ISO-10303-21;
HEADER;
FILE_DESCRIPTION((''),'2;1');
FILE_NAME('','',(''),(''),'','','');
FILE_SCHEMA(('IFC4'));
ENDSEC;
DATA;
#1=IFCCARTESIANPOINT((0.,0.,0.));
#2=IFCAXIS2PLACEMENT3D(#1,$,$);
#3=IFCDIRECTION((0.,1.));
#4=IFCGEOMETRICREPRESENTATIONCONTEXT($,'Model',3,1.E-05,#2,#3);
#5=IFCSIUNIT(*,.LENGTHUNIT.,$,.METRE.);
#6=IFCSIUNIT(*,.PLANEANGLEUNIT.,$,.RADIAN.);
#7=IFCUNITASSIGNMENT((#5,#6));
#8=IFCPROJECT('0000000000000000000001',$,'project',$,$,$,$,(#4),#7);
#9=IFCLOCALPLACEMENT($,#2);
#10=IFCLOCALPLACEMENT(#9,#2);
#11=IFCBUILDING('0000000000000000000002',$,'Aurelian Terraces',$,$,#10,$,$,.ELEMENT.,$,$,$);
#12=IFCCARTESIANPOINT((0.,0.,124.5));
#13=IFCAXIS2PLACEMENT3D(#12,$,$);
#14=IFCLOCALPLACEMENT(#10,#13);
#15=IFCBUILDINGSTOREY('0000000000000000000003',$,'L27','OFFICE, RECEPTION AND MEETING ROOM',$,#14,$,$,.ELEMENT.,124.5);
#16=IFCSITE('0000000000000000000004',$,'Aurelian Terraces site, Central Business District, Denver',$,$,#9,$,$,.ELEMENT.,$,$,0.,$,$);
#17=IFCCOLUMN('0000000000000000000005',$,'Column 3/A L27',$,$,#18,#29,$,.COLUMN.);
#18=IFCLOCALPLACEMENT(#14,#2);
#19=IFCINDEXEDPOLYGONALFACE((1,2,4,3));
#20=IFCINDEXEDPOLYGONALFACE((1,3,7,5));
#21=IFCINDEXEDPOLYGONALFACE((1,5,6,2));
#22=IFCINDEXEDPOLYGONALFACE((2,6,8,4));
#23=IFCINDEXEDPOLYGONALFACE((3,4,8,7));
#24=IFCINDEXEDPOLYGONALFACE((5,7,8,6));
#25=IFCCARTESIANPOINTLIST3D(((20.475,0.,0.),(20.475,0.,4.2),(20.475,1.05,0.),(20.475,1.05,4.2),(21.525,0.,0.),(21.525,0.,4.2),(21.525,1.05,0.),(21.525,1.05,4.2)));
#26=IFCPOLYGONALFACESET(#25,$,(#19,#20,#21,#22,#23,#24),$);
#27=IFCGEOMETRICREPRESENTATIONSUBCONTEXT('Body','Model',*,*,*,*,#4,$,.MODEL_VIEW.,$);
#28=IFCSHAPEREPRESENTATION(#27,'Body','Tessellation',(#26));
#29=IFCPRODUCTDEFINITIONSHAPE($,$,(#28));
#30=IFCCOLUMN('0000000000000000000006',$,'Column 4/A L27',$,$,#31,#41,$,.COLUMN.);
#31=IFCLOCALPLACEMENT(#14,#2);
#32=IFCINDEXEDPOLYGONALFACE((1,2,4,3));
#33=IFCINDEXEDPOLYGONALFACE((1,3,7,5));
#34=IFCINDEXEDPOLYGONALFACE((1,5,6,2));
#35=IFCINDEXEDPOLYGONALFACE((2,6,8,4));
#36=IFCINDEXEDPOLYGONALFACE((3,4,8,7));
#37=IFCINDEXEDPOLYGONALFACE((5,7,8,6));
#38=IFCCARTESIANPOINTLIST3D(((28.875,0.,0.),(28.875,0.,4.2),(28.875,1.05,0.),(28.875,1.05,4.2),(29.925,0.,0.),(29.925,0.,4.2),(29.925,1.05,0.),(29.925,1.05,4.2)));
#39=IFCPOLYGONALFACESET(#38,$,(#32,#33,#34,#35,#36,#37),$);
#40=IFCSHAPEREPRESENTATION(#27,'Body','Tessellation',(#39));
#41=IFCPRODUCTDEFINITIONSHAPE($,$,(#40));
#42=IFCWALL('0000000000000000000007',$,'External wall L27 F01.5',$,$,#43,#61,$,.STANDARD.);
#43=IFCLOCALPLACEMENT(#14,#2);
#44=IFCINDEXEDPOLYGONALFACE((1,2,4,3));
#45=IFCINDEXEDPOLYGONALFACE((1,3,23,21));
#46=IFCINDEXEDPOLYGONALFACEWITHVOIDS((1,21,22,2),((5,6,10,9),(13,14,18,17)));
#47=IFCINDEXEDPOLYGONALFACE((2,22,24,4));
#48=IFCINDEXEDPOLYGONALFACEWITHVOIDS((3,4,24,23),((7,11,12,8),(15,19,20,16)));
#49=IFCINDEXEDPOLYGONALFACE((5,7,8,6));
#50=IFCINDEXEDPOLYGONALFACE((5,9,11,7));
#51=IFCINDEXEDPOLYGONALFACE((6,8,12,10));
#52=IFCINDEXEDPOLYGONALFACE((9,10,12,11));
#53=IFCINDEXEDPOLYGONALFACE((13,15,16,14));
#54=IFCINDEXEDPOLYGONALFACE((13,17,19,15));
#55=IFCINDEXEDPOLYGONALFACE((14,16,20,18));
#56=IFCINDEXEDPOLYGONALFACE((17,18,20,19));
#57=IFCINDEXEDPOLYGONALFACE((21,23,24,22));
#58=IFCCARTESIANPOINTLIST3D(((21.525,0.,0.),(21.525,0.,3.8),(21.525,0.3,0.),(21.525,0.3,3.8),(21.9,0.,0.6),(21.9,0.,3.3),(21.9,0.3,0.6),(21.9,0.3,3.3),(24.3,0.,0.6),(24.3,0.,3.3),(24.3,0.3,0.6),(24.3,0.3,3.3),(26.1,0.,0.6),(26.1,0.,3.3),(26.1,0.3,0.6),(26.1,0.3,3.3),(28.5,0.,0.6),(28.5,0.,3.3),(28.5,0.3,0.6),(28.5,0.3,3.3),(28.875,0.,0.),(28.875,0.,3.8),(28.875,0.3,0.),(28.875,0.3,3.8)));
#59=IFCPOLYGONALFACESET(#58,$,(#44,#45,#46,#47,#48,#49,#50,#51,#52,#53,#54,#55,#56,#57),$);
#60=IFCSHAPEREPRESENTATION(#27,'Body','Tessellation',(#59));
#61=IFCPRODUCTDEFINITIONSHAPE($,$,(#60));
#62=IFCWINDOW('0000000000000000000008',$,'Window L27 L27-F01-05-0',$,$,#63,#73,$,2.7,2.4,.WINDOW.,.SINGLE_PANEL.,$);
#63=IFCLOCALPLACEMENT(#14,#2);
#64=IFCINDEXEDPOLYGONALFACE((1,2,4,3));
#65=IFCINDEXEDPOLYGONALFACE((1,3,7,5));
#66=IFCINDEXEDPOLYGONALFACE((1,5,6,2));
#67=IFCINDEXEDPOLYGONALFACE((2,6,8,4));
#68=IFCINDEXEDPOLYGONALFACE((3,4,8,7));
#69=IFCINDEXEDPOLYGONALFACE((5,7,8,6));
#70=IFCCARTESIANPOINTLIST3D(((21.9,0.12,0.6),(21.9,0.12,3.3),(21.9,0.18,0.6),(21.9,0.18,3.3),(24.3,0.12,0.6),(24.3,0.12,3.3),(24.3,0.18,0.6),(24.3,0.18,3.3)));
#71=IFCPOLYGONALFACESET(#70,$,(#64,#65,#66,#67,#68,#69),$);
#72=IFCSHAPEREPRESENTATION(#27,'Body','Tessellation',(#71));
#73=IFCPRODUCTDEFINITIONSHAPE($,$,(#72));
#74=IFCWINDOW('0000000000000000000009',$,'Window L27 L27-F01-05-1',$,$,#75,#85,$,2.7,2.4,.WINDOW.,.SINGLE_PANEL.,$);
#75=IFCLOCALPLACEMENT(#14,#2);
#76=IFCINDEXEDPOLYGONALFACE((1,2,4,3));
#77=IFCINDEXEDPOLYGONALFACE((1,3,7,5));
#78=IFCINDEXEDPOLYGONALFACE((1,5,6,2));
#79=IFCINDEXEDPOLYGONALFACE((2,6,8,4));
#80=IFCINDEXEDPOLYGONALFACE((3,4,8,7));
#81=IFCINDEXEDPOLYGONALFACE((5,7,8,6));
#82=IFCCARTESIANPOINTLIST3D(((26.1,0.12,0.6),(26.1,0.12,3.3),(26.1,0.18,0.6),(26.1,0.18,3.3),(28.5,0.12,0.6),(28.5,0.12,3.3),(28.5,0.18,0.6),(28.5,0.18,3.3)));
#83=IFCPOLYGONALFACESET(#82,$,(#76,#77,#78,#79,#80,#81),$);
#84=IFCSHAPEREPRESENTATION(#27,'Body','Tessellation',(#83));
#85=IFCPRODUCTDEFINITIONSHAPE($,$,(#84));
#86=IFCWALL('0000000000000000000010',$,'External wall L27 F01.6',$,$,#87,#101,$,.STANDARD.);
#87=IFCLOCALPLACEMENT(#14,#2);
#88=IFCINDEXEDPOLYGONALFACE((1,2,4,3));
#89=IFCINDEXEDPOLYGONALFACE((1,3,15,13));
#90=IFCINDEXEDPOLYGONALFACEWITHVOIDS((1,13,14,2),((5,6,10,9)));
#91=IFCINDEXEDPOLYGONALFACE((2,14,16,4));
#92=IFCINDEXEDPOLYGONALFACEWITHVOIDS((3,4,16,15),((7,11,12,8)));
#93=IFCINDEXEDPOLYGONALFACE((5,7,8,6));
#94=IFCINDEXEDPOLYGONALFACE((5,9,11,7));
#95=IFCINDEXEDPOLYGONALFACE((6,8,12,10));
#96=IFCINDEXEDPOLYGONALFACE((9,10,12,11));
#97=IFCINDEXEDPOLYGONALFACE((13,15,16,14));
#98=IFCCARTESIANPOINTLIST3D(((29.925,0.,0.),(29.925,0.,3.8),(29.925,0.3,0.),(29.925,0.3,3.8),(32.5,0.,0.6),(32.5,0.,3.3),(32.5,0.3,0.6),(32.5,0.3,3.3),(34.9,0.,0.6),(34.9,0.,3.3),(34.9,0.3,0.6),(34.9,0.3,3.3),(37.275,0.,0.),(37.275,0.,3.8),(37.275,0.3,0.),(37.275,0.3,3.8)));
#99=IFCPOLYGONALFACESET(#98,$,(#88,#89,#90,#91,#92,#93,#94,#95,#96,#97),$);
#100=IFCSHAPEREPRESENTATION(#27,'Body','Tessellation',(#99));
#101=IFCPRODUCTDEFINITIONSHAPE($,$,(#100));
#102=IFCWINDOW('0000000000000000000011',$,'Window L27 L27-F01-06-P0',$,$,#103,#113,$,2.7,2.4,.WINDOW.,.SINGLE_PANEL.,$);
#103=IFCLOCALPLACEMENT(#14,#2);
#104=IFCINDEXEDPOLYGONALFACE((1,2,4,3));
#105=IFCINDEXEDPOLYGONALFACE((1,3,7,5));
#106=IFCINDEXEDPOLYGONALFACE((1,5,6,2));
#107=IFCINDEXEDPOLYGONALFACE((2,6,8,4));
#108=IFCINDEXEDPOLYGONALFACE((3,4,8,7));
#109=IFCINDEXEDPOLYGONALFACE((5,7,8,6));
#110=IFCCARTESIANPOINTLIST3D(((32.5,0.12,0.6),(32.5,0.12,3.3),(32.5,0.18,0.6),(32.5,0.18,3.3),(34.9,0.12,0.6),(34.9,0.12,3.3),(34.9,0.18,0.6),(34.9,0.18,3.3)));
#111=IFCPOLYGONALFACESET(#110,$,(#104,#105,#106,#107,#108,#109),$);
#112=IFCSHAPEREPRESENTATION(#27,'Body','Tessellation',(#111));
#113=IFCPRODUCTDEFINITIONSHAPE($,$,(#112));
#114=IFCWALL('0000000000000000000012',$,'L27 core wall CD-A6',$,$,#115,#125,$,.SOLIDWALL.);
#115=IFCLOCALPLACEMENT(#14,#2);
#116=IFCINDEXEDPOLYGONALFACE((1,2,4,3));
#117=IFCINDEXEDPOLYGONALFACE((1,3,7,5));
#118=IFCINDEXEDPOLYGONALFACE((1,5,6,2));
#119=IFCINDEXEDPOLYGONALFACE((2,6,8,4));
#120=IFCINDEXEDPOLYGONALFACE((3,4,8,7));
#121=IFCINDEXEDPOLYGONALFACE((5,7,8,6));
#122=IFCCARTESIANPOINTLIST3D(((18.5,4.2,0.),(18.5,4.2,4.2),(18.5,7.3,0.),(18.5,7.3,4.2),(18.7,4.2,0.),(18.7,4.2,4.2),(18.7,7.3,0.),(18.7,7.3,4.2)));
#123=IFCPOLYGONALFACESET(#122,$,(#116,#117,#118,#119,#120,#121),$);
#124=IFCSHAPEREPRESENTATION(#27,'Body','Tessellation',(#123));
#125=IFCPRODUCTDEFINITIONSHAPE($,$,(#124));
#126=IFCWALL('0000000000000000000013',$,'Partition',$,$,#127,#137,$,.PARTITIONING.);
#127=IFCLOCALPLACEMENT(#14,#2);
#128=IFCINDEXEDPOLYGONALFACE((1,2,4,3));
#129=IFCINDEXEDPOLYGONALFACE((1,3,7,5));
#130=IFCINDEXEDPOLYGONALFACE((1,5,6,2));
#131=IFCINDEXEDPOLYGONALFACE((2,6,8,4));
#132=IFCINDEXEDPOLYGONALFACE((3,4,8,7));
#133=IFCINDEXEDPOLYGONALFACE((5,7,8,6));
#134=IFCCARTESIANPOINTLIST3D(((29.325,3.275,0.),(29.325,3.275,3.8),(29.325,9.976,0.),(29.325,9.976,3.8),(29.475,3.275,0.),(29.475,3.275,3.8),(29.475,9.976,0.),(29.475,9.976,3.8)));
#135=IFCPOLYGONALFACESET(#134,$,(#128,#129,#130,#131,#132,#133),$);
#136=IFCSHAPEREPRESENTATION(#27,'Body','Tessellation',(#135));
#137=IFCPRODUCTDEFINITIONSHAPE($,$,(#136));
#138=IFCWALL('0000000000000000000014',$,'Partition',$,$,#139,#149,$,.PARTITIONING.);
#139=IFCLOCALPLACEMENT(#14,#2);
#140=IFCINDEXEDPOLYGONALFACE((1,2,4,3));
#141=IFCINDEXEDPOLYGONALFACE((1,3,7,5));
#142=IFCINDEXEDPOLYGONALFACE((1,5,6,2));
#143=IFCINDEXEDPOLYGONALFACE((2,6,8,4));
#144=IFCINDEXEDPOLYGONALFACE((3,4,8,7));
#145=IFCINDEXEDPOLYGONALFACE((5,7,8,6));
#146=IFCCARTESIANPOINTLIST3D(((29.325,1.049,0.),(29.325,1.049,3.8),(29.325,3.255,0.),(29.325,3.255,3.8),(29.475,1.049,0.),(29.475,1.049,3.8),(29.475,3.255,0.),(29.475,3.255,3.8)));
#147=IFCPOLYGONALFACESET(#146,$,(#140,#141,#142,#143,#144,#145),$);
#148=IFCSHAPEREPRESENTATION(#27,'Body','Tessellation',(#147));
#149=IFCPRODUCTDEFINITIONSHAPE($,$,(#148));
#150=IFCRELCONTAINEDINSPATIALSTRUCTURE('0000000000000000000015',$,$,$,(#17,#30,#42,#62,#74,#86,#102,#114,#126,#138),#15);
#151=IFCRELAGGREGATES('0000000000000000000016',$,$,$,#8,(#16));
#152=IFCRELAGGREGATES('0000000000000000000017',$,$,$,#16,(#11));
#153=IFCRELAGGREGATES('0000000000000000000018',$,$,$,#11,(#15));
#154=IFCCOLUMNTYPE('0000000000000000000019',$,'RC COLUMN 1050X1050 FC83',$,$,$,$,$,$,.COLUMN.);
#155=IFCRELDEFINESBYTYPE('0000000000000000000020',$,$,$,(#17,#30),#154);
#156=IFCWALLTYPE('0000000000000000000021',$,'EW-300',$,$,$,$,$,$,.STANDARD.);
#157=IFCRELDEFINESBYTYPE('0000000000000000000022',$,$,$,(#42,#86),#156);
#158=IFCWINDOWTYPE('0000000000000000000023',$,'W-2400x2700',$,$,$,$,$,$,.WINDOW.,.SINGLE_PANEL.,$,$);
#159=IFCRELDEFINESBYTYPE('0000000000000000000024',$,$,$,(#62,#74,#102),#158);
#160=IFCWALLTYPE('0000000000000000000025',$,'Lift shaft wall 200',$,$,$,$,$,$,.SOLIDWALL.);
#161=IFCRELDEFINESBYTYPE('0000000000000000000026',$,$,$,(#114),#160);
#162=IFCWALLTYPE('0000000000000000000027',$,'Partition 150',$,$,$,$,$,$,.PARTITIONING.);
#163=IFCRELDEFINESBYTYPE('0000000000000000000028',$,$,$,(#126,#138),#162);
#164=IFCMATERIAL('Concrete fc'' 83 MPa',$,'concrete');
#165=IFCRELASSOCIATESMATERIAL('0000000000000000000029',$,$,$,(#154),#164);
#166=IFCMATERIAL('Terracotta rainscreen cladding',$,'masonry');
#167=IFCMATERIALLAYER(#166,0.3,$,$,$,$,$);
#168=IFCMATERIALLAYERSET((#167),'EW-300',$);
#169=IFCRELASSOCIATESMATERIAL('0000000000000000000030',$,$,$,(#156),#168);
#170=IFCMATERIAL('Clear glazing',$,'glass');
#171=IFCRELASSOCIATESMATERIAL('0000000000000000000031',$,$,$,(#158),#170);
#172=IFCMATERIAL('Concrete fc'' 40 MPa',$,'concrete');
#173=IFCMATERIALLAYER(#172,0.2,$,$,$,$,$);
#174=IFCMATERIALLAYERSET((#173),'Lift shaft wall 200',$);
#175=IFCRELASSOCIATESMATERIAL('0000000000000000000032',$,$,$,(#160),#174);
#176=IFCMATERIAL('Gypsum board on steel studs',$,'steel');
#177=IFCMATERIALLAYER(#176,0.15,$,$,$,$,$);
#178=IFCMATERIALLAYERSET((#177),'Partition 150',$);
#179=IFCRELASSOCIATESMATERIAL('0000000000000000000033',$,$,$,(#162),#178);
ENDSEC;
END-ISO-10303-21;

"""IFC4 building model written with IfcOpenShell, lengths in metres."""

from ifc_helpers import new_model, si_unit, direction, frame, frame_2d, origin, origin_2d, place, context, subcontext, project, spatial, rectangle, extrude, source, transform, mapped, material, layer, layer_set, material_profile, profile_set, type_object, element, fill, save


model = new_model("IFC4")

# Units and contexts
model_context = context("Model", 3, precision=1e-05, world=origin(), true_north=direction((0.0, 1.0)))
body_context = subcontext(model_context, "Body", "Model", "MODEL_VIEW")
ifc_project = project(units=[si_unit("LENGTHUNIT", "METRE"), si_unit("PLANEANGLEUNIT", "RADIAN")], contexts=[model_context])

# Site, building, storey
site_placement = place(None, origin())
site = spatial("IfcSite", under=ifc_project, at=site_placement, Name="Aurelian Terraces site, Central Business District, Denver", CompositionType="ELEMENT", RefElevation=0.0)
building_placement = place(site_placement, origin())
building = spatial("IfcBuilding", under=site, at=building_placement, Name="Aurelian Terraces", CompositionType="ELEMENT")
storey_placement = place(building_placement, frame((0.0, 0.0, 124.5)))
storey = spatial("IfcBuildingStorey", under=building, at=storey_placement, Name="L27", Description="OFFICE, RECEPTION AND MEETING ROOM", CompositionType="ELEMENT", Elevation=124.5)

# Columns
ifc_material_1 = material(Name="Concrete fc' 83 MPa", Category="concrete")
ifc_material_profile = material_profile(ifc_material_1, rectangle(XDim=1.05, YDim=1.05, at=origin_2d()))
ifc_profile_set = profile_set([ifc_material_profile], Name="Concrete fc' 83 MPa")
column_type = type_object("IfcColumnType", Name="RC COLUMN 1050X1050 FC83", PredefinedType="COLUMN", material=ifc_profile_set)
shared_shape_1 = source(origin(), body_context, "Body", "SweptSolid", [
    extrude(rectangle(XDim=1.05, YDim=1.05, at=origin_2d()), origin(), (0.0, 0.0, 1.0), 4.2),
])
for number, where, z_axis, x_axis, name in (
    (1, (21.0, 0.525, 0.0), (0.0, 0.0, 1.0), (1.0, 0.0, 0.0), "Column 3/A L27"),
    (2, (29.4, 0.525, 0.0), (0.0, 0.0, 1.0), (1.0, 0.0, 0.0), "Column 4/A L27"),
):
    element("IfcColumn", number, at=place(storey_placement, frame(where, z_axis=z_axis, x_axis=x_axis)), inside=storey, type_object=column_type, Name=name, PredefinedType="COLUMN", context=body_context, shape_type="MappedRepresentation", body=[
        mapped(shared_shape_1, transform((0.0, 0.0, 0.0), scale=1.0)),
    ])

# Wall, openings, windows
ifc_material_2 = material(Name="Terracotta rainscreen cladding", Category="masonry")
ifc_layer_1 = layer(ifc_material_2, 0.3)
ifc_layer_set_1 = layer_set([ifc_layer_1], Name="EW-300")
wall_type_1 = type_object("IfcWallType", Name="EW-300", PredefinedType="STANDARD", material=ifc_layer_set_1)
shared_shape_2 = source(origin(), body_context, "Body", "SweptSolid", [
    extrude(rectangle(XDim=7.35, YDim=0.3, at=frame_2d((3.675, 0.0))), origin(), (0.0, 0.0, 1.0), 3.8),
])
wall_1_placement = place(storey_placement, frame((21.525, 0.15, 0.0), z_axis=(0.0, 0.0, 1.0), x_axis=(1.0, 0.0, 0.0)))
wall_1 = element("IfcWall", 3, at=wall_1_placement, inside=storey, type_object=wall_type_1, Name="External wall L27 F01.5", PredefinedType="STANDARD", context=body_context, shape_type="MappedRepresentation", body=[
    mapped(shared_shape_2, transform((0.0, 0.0, 0.0), scale=1.0)),
])
shared_shape_3 = source(origin(), body_context, "Body", "SweptSolid", [
    extrude(rectangle(XDim=2.4, YDim=2.7, at=frame_2d((1.2, 1.35))), frame((0.0, 0.16, 0.0), z_axis=(0.0, -1.0, 0.0), x_axis=(1.0, 0.0, 0.0)), (0.0, 0.0, 1.0), 0.32),
])
opening_1_placement = place(wall_1_placement, frame((0.375, 0.0, 0.6)))
opening_1 = element("IfcOpeningElement", 4, at=opening_1_placement, cuts=wall_1, PredefinedType="OPENING", context=body_context, shape_type="MappedRepresentation", body=[
    mapped(shared_shape_3, transform((0.0, 0.0, 0.0), scale=1.0)),
])
opening_2_placement = place(wall_1_placement, frame((4.575, 0.0, 0.6)))
opening_2 = element("IfcOpeningElement", 5, at=opening_2_placement, cuts=wall_1, PredefinedType="OPENING", context=body_context, shape_type="MappedRepresentation", body=[
    mapped(shared_shape_3, transform((0.0, 0.0, 0.0), scale=1.0)),
])
ifc_material_3 = material(Name="Clear glazing", Category="glass")
window_type = type_object("IfcWindowType", Name="W-2400x2700", PartitioningType="SINGLE_PANEL", PredefinedType="WINDOW", material=ifc_material_3)
shared_shape_4 = source(origin(), body_context, "Body", "SweptSolid", [
    extrude(rectangle(XDim=2.4, YDim=2.7, at=frame_2d((1.2, 1.35))), frame((0.0, 0.03, 0.0), z_axis=(0.0, -1.0, 0.0), x_axis=(1.0, 0.0, 0.0)), (0.0, 0.0, 1.0), 0.06),
])
window_1_placement = place(opening_1_placement, origin())
window_1 = element("IfcWindow", 6, at=window_1_placement, inside=storey, type_object=window_type, Name="Window L27 L27-F01-05-0", OverallHeight=2.7, OverallWidth=2.4, PartitioningType="SINGLE_PANEL", PredefinedType="WINDOW", context=body_context, shape_type="MappedRepresentation", body=[
    mapped(shared_shape_4, transform((0.0, 0.0, 0.0), scale=1.0)),
])
fill(opening_1, window_1)
window_2_placement = place(opening_2_placement, origin())
window_2 = element("IfcWindow", 7, at=window_2_placement, inside=storey, type_object=window_type, Name="Window L27 L27-F01-05-1", OverallHeight=2.7, OverallWidth=2.4, PartitioningType="SINGLE_PANEL", PredefinedType="WINDOW", context=body_context, shape_type="MappedRepresentation", body=[
    mapped(shared_shape_4, transform((0.0, 0.0, 0.0), scale=1.0)),
])
fill(opening_2, window_2)

# Wall, opening, window
wall_2_placement = place(storey_placement, frame((29.925, 0.15, 0.0), z_axis=(0.0, 0.0, 1.0), x_axis=(1.0, 0.0, 0.0)))
wall_2 = element("IfcWall", 8, at=wall_2_placement, inside=storey, type_object=wall_type_1, Name="External wall L27 F01.6", PredefinedType="STANDARD", context=body_context, shape_type="MappedRepresentation", body=[
    mapped(shared_shape_2, transform((0.0, 0.0, 0.0), scale=1.0)),
])
opening_3_placement = place(wall_2_placement, frame((2.575, 0.0, 0.6)))
opening_3 = element("IfcOpeningElement", 9, at=opening_3_placement, cuts=wall_2, PredefinedType="OPENING", context=body_context, shape_type="MappedRepresentation", body=[
    mapped(shared_shape_3, transform((0.0, 0.0, 0.0), scale=1.0)),
])
window_3_placement = place(opening_3_placement, origin())
window_3 = element("IfcWindow", 10, at=window_3_placement, inside=storey, type_object=window_type, Name="Window L27 L27-F01-06-P0", OverallHeight=2.7, OverallWidth=2.4, PartitioningType="SINGLE_PANEL", PredefinedType="WINDOW", context=body_context, shape_type="MappedRepresentation", body=[
    mapped(shared_shape_4, transform((0.0, 0.0, 0.0), scale=1.0)),
])
fill(opening_3, window_3)

# Walls
ifc_material_4 = material(Name="Concrete fc' 40 MPa", Category="concrete")
ifc_layer_2 = layer(ifc_material_4, 0.2)
ifc_layer_set_2 = layer_set([ifc_layer_2], Name="Lift shaft wall 200")
wall_type_2 = type_object("IfcWallType", Name="Lift shaft wall 200", PredefinedType="SOLIDWALL", material=ifc_layer_set_2)
shared_shape_5 = source(origin(), body_context, "Body", "SweptSolid", [
    extrude(rectangle(XDim=3.1, YDim=0.2, at=frame_2d((1.55, 0.0))), origin(), (0.0, 0.0, 1.0), 4.2),
])
wall_3_placement = place(storey_placement, frame((18.6, 4.2, 0.0), z_axis=(0.0, 0.0, 1.0), x_axis=(0.0, 1.0, 0.0)))
element("IfcWall", 11, at=wall_3_placement, inside=storey, type_object=wall_type_2, Name="L27 core wall CD-A6", PredefinedType="SOLIDWALL", context=body_context, shape_type="MappedRepresentation", body=[
    mapped(shared_shape_5, transform((0.0, 0.0, 0.0), scale=1.0)),
])
ifc_material_5 = material(Name="Gypsum board on steel studs", Category="steel")
ifc_layer_3 = layer(ifc_material_5, 0.15)
ifc_layer_set_3 = layer_set([ifc_layer_3], Name="Partition 150")
wall_type_3 = type_object("IfcWallType", Name="Partition 150", PredefinedType="PARTITIONING", material=ifc_layer_set_3)
shared_shape_6 = source(origin(), body_context, "Body", "SweptSolid", [
    extrude(rectangle(XDim=6.701, YDim=0.15, at=frame_2d((3.3505, 0.0))), origin(), (0.0, 0.0, 1.0), 3.8),
])
wall_4_placement = place(storey_placement, frame((29.4, 3.275, 0.0), z_axis=(0.0, 0.0, 1.0), x_axis=(0.0, 1.0, 0.0)))
element("IfcWall", 12, at=wall_4_placement, inside=storey, type_object=wall_type_3, Name="Partition", PredefinedType="PARTITIONING", context=body_context, shape_type="MappedRepresentation", body=[
    mapped(shared_shape_6, transform((0.0, 0.0, 0.0), scale=1.0)),
])
shared_shape_7 = source(origin(), body_context, "Body", "SweptSolid", [
    extrude(rectangle(XDim=2.206, YDim=0.15, at=frame_2d((1.103, 0.0))), origin(), (0.0, 0.0, 1.0), 3.8),
])
wall_5_placement = place(storey_placement, frame((29.4, 1.049, 0.0), z_axis=(0.0, 0.0, 1.0), x_axis=(0.0, 1.0, 0.0)))
element("IfcWall", 13, at=wall_5_placement, inside=storey, type_object=wall_type_3, Name="Partition", PredefinedType="PARTITIONING", context=body_context, shape_type="MappedRepresentation", body=[
    mapped(shared_shape_7, transform((0.0, 0.0, 0.0), scale=1.0)),
])

save(model, "model.ifc")
